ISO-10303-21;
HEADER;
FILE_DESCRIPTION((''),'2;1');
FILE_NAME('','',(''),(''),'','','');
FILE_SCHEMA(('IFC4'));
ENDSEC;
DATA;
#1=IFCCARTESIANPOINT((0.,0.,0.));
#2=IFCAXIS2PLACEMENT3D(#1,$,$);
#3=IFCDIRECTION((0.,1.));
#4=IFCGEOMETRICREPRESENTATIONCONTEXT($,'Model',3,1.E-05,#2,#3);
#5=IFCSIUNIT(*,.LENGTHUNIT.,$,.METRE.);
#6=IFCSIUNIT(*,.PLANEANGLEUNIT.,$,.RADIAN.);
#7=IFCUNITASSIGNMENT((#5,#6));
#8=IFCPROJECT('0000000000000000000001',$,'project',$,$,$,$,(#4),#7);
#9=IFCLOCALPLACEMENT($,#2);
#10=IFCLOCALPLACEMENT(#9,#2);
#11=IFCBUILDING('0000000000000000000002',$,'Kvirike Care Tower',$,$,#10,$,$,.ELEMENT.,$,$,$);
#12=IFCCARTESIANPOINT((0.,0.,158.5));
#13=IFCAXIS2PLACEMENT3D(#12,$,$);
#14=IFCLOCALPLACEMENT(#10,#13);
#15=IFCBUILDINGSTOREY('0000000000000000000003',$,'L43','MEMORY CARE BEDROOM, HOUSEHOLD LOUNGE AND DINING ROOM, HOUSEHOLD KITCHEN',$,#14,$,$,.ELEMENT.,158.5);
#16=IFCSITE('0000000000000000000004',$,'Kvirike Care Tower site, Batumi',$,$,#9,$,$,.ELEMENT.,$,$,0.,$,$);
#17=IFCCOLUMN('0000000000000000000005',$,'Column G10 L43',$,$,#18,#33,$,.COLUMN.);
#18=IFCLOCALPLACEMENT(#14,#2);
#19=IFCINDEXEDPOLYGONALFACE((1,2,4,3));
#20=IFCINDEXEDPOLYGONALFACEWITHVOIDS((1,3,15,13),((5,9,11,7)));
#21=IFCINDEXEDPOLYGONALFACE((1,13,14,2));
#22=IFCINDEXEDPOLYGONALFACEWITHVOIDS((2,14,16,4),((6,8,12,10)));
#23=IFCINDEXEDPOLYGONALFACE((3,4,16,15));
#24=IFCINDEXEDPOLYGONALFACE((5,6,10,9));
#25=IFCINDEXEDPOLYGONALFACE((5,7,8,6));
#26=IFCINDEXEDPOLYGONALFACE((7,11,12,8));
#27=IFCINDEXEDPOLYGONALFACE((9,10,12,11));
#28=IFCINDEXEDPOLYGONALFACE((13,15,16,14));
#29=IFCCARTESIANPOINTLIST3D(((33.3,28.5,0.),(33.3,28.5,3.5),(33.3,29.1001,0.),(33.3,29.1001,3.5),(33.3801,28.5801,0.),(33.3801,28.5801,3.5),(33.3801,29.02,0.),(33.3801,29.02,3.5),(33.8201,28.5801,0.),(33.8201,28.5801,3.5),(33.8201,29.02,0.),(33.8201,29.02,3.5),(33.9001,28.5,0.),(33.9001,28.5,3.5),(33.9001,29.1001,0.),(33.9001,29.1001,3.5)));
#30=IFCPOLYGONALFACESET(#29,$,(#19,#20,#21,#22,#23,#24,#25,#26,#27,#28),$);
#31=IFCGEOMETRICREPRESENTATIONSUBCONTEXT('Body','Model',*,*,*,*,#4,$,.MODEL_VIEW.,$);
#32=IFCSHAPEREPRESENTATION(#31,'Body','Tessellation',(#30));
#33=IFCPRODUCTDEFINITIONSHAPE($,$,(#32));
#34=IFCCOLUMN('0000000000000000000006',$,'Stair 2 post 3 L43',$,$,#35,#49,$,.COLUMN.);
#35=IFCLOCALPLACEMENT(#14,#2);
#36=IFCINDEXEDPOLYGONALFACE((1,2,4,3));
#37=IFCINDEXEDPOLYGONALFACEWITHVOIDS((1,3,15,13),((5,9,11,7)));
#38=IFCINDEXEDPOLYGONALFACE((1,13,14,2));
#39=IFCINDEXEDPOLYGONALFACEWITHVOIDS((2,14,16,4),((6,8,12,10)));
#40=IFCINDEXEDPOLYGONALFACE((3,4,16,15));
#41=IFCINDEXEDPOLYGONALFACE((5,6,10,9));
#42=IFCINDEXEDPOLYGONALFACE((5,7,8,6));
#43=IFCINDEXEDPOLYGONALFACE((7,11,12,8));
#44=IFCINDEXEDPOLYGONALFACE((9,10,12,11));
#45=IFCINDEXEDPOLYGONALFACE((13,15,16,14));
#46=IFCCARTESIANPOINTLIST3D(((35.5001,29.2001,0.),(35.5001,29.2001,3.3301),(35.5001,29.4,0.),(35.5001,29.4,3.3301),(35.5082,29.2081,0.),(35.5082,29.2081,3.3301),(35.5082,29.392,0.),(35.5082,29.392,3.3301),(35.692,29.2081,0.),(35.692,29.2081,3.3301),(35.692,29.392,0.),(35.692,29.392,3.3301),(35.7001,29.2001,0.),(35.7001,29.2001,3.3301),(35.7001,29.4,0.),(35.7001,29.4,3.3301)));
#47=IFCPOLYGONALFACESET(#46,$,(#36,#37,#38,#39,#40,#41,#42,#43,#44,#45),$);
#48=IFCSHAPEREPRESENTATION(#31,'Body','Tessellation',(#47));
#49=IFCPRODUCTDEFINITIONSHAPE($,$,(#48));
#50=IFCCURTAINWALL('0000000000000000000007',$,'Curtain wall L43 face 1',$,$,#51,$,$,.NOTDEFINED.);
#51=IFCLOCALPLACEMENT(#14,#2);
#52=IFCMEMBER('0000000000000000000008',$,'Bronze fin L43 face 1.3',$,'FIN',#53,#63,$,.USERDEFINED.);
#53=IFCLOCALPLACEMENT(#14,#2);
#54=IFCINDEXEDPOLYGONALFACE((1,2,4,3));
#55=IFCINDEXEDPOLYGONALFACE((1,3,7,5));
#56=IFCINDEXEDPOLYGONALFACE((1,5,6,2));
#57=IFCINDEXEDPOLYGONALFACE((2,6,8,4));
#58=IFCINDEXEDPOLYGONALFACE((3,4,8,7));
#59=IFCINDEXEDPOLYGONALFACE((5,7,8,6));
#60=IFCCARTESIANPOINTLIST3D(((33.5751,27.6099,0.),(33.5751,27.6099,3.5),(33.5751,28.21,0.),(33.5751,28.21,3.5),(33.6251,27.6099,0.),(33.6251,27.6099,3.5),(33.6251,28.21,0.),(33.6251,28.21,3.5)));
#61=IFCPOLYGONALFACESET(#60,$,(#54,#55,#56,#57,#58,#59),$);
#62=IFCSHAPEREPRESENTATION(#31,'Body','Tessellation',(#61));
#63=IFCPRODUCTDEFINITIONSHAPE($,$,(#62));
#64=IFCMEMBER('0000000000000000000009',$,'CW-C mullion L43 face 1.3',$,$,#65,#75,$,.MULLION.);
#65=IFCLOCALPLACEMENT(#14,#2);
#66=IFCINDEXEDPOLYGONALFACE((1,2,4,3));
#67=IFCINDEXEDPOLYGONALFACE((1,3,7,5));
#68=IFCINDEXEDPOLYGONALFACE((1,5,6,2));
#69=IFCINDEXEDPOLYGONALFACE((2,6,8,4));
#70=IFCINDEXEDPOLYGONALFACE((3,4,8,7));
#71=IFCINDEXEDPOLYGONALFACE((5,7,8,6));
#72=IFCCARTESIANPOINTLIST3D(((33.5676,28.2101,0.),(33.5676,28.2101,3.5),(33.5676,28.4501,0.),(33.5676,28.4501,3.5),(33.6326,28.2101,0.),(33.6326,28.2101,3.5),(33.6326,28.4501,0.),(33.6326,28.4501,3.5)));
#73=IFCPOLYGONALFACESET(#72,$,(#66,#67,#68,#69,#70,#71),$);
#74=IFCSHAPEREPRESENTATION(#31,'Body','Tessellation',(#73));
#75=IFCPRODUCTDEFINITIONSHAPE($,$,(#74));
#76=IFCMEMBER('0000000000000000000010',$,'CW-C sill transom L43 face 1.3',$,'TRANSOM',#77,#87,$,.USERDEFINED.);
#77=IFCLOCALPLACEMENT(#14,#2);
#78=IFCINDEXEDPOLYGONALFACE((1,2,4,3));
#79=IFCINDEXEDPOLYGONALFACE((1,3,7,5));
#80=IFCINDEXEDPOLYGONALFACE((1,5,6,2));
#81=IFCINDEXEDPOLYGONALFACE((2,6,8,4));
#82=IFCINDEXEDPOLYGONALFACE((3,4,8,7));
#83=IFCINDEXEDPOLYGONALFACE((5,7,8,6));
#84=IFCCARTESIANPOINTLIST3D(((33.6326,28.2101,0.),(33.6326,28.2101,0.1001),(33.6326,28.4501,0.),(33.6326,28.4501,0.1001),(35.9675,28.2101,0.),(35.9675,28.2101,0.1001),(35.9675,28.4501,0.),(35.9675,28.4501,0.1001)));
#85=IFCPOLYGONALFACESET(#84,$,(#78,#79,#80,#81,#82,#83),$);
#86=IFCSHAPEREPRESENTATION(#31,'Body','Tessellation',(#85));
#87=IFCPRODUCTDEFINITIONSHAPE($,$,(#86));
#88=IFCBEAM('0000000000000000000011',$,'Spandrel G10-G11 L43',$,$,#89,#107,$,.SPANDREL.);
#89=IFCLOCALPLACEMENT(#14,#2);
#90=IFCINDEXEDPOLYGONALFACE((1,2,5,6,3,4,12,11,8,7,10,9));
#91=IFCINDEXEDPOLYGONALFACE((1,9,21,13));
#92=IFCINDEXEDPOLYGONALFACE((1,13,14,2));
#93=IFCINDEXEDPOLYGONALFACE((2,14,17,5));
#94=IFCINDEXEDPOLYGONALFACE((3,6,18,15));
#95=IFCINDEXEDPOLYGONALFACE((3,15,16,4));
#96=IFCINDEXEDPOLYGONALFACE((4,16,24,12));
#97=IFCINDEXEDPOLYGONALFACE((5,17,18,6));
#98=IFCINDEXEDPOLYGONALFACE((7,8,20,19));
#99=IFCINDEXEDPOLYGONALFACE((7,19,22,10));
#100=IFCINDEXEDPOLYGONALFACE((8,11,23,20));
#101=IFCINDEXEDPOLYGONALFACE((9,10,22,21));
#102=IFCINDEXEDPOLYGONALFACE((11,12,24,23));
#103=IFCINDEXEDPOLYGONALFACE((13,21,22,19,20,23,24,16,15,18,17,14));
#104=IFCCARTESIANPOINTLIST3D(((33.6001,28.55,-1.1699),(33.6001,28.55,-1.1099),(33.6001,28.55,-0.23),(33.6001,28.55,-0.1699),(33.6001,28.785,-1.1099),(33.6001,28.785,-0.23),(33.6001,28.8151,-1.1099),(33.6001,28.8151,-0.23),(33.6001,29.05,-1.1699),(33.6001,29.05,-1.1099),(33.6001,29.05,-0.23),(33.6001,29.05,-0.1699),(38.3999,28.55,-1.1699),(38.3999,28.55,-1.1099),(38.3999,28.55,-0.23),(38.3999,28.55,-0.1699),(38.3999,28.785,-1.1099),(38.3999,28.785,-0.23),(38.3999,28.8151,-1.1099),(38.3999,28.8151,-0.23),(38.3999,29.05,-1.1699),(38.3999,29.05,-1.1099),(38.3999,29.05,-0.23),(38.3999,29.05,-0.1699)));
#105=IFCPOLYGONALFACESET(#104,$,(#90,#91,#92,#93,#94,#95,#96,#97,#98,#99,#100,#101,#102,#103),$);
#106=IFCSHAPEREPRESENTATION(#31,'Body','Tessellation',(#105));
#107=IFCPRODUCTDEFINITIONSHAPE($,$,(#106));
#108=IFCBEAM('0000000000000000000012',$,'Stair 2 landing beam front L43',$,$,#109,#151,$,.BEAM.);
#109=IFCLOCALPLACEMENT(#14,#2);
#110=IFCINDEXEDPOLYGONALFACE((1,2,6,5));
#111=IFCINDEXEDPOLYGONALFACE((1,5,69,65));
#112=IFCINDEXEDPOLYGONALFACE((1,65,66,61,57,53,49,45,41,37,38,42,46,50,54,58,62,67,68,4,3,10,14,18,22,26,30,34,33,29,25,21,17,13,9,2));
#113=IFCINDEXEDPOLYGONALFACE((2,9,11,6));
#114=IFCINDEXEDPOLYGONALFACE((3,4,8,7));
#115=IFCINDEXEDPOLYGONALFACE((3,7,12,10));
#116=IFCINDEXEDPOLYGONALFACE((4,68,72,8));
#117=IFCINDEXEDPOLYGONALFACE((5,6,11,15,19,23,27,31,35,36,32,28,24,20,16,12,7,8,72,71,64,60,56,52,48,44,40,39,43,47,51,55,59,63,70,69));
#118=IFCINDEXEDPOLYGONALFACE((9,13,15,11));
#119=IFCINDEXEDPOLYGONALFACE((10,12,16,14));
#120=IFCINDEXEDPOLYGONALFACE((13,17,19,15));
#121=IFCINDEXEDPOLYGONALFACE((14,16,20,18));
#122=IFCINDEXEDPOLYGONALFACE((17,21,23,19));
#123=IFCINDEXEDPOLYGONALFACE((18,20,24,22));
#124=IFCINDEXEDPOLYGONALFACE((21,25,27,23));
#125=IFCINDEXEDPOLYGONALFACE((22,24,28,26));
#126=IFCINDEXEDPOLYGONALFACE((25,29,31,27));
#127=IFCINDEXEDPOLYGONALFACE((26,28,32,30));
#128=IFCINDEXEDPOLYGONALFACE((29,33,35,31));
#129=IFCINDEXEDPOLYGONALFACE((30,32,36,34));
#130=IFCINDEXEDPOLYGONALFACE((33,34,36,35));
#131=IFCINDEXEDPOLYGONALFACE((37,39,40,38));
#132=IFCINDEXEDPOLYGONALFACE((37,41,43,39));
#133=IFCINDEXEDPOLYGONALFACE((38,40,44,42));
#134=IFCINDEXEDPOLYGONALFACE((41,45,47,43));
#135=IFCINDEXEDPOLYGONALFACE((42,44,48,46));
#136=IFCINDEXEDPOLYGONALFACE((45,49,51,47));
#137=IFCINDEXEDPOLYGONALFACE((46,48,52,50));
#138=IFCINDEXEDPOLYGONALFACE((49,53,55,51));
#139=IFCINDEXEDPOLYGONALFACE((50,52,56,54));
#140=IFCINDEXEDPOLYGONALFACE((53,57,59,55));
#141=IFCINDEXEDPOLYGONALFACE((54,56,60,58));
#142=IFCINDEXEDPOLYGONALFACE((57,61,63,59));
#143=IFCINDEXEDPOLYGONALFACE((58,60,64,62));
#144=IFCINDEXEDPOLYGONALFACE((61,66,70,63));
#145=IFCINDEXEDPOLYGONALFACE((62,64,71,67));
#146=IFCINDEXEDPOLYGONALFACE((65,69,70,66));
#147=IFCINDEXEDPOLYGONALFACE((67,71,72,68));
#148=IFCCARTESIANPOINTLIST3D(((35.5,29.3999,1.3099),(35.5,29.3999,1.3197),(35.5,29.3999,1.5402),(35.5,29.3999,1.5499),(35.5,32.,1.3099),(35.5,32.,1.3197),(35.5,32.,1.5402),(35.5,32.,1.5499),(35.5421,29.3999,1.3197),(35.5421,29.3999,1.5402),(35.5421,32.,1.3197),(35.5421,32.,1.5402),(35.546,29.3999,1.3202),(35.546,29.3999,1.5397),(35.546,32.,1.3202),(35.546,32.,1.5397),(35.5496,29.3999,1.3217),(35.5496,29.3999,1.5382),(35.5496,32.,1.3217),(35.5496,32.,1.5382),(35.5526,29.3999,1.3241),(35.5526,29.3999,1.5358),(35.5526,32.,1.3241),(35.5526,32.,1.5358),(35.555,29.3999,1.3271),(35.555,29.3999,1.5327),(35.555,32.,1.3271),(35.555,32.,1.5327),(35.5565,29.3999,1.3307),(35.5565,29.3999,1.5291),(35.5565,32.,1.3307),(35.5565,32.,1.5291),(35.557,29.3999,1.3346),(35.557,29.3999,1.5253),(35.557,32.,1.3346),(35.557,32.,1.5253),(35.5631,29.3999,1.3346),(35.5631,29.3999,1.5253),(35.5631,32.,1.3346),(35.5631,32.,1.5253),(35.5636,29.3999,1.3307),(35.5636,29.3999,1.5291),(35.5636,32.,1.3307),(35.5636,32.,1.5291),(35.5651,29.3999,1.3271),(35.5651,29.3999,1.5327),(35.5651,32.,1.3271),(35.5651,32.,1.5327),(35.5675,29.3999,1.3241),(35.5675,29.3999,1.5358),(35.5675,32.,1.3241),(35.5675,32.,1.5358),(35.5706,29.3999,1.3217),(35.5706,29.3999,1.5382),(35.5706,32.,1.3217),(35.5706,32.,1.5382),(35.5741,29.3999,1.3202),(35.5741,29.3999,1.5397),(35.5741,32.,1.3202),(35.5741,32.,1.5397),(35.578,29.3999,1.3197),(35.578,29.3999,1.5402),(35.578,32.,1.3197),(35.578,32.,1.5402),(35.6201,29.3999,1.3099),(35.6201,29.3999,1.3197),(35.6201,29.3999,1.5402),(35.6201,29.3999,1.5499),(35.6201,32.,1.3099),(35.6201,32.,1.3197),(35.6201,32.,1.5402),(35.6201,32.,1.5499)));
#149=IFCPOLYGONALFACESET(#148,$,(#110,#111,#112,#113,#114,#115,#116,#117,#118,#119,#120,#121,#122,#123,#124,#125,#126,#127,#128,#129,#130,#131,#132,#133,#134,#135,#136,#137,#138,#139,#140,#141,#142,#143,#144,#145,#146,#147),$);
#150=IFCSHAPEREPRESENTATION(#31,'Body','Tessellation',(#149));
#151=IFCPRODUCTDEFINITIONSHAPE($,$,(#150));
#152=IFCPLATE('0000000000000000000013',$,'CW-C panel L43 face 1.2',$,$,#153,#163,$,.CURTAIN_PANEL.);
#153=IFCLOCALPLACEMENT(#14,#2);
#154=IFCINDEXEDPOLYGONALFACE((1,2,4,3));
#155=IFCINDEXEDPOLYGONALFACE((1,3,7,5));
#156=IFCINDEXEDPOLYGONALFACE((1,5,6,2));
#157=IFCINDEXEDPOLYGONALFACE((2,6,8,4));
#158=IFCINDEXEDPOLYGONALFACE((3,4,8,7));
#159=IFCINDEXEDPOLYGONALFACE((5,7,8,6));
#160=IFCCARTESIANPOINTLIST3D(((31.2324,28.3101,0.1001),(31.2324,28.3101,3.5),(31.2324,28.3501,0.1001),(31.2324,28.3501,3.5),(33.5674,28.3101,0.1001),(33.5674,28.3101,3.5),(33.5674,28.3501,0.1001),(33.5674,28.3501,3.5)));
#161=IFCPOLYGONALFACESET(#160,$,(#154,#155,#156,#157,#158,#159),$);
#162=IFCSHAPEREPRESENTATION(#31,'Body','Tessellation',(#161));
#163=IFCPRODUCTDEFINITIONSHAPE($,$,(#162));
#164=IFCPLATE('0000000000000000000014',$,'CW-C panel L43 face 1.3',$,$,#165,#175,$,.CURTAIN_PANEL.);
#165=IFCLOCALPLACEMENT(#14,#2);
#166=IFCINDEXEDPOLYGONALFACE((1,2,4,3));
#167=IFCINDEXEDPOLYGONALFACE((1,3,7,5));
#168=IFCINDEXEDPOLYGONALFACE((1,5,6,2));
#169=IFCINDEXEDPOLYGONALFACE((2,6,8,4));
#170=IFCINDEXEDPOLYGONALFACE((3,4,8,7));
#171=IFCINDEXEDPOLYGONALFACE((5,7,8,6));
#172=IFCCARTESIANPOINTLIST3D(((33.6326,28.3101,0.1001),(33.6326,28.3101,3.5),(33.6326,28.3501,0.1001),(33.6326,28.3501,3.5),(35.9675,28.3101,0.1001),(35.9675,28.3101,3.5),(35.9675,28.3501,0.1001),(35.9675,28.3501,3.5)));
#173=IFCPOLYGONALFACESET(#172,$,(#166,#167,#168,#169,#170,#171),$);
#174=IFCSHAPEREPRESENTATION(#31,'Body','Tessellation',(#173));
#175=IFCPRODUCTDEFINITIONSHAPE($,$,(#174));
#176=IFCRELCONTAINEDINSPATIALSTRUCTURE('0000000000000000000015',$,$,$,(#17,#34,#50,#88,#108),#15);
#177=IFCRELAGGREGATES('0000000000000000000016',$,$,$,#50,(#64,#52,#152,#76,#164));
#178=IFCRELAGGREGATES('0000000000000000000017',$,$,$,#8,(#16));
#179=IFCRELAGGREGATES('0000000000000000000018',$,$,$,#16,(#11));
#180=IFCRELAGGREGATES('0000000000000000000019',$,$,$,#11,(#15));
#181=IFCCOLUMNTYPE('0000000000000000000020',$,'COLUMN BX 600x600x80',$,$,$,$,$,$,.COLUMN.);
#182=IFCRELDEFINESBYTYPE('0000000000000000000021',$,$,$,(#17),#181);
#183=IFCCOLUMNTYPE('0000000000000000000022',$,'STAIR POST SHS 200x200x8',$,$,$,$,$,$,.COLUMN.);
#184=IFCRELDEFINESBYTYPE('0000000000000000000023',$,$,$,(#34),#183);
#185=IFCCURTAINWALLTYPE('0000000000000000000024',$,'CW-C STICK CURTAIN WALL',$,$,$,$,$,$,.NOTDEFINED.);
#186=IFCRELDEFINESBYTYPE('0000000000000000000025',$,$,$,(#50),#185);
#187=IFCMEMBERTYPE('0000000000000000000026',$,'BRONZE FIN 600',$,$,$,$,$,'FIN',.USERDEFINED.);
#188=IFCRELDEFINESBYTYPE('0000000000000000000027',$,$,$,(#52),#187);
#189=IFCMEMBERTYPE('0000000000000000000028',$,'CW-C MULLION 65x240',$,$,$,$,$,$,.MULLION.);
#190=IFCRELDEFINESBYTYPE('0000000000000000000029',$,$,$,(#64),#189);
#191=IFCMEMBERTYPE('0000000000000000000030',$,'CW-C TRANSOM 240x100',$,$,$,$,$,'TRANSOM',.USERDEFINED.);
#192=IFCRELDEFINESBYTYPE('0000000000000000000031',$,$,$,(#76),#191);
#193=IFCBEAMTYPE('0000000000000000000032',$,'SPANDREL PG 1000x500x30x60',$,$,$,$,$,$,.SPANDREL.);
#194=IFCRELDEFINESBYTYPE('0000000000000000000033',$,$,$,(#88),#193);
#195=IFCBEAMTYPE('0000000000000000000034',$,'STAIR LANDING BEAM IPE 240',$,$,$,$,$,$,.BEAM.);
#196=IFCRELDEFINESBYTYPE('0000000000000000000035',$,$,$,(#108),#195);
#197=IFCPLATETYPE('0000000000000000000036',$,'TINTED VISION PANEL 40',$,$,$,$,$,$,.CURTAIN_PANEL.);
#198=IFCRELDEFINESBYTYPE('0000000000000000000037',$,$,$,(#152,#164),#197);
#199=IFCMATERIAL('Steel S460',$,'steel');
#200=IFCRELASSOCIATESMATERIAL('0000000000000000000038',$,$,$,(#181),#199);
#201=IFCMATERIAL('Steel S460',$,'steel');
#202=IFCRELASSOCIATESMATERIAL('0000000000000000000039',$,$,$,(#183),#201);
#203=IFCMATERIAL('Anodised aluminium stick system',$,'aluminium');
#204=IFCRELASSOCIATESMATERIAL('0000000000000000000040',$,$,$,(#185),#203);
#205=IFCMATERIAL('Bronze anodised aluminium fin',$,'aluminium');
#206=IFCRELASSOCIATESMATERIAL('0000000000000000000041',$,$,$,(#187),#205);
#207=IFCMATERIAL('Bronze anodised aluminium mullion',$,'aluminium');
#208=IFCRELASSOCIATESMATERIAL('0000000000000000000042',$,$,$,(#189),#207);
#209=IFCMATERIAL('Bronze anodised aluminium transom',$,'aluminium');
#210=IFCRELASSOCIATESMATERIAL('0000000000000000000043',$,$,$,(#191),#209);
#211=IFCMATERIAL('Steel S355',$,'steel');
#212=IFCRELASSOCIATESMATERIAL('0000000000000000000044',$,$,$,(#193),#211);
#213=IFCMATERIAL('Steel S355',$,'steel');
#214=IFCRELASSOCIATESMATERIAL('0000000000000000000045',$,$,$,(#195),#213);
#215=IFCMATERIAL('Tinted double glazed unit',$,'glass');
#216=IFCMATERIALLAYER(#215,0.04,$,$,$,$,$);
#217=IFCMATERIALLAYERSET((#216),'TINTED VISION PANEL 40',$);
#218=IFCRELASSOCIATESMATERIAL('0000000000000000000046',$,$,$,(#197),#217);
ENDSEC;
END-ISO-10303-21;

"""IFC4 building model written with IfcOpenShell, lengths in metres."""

from ifc_helpers import new_model, si_unit, direction, frame, origin, origin_2d, place, context, subcontext, project, spatial, rectangle, hollow_rectangle, i_section, extrude, material, layer, layer_set, material_profile, profile_set, type_object, element, aggregate, save


model = new_model("IFC4")

# Units and contexts
model_context = context("Model", 3, precision=1e-05, world=origin(), true_north=direction((0.0, 1.0)))
body_context = subcontext(model_context, "Body", "Model", "MODEL_VIEW")
ifc_project = project(units=[si_unit("LENGTHUNIT", "METRE"), si_unit("PLANEANGLEUNIT", "RADIAN")], contexts=[model_context])

# Site, building, storey
site_placement = place(None, origin())
site = spatial("IfcSite", under=ifc_project, at=site_placement, Name="Kvirike Care Tower site, Batumi", CompositionType="ELEMENT", RefElevation=0.0)
building_placement = place(site_placement, origin())
building = spatial("IfcBuilding", under=site, at=building_placement, Name="Kvirike Care Tower", CompositionType="ELEMENT")
storey_placement = place(building_placement, frame((0.0, 0.0, 158.5)))
storey = spatial("IfcBuildingStorey", under=building, at=storey_placement, Name="L43", Description="MEMORY CARE BEDROOM, HOUSEHOLD LOUNGE AND DINING ROOM, HOUSEHOLD KITCHEN", CompositionType="ELEMENT", Elevation=158.5)

# Columns
ifc_material_1 = material(Name="Steel S460", Category="steel")
ifc_material_profile_1 = material_profile(ifc_material_1, hollow_rectangle(XDim=0.6001, YDim=0.6001, WallThickness=0.0801, at=origin_2d()), Name="BX 600x600x80")
ifc_profile_set_1 = profile_set([ifc_material_profile_1], Name="Steel S460")
column_type_1 = type_object("IfcColumnType", Name="COLUMN BX 600x600x80", PredefinedType="COLUMN", material=ifc_profile_set_1)
column_1_placement = place(storey_placement, frame((33.6001, 28.8, 0.0), z_axis=(0.0, 0.0, 1.0), x_axis=(0.0, 1.0, 0.0)))
element("IfcColumn", 1, at=column_1_placement, inside=storey, type_object=column_type_1, Name="Column G10 L43", PredefinedType="COLUMN", context=body_context, shape_type="SweptSolid", body=[
    extrude(hollow_rectangle(XDim=0.6001, YDim=0.6001, WallThickness=0.0801, at=origin_2d()), origin(), (0.0, 0.0, 1.0), 3.5),
])
ifc_material_2 = material(Name="Steel S460", Category="steel")
ifc_material_profile_2 = material_profile(ifc_material_2, hollow_rectangle(XDim=0.2, YDim=0.2, WallThickness=0.0081, at=origin_2d()), Name="SHS 200x200x8")
ifc_profile_set_2 = profile_set([ifc_material_profile_2], Name="Steel S460")
column_type_2 = type_object("IfcColumnType", Name="STAIR POST SHS 200x200x8", PredefinedType="COLUMN", material=ifc_profile_set_2)
column_2_placement = place(storey_placement, frame((35.6001, 29.3, 0.0), z_axis=(0.0, 0.0, 1.0), x_axis=(1.0, 0.0, 0.0)))
element("IfcColumn", 2, at=column_2_placement, inside=storey, type_object=column_type_2, Name="Stair 2 post 3 L43", PredefinedType="COLUMN", context=body_context, shape_type="SweptSolid", body=[
    extrude(hollow_rectangle(XDim=0.2, YDim=0.2, WallThickness=0.0081, at=origin_2d()), origin(), (0.0, 0.0, 1.0), 3.3301),
])

# Curtain wall, members
ifc_material_3 = material(Name="Anodised aluminium stick system", Category="aluminium")
curtain_wall_type = type_object("IfcCurtainWallType", Name="CW-C STICK CURTAIN WALL", PredefinedType="NOTDEFINED", material=ifc_material_3)
curtain_wall_placement = place(storey_placement, origin())
curtain_wall = element("IfcCurtainWall", 3, at=curtain_wall_placement, inside=storey, type_object=curtain_wall_type, Name="Curtain wall L43 face 1", PredefinedType="NOTDEFINED")
ifc_material_4 = material(Name="Bronze anodised aluminium fin", Category="aluminium")
ifc_material_profile_3 = material_profile(ifc_material_4, rectangle(XDim=0.05, YDim=0.6001, at=origin_2d()), Name="BRONZE FIN 600")
ifc_profile_set_3 = profile_set([ifc_material_profile_3], Name="Bronze anodised aluminium fin")
member_type_1 = type_object("IfcMemberType", Name="BRONZE FIN 600", ElementType="FIN", PredefinedType="USERDEFINED", material=ifc_profile_set_3)
member_1_placement = place(storey_placement, frame((33.6001, 27.9099, 0.0), z_axis=(0.0, 0.0, 1.0), x_axis=(1.0, 0.0, 0.0)))
member_1 = element("IfcMember", 4, at=member_1_placement, type_object=member_type_1, Name="Bronze fin L43 face 1.3", ObjectType="FIN", PredefinedType="USERDEFINED", context=body_context, shape_type="SweptSolid", body=[
    extrude(rectangle(XDim=0.05, YDim=0.6001, at=origin_2d()), origin(), (0.0, 0.0, 1.0), 3.5),
])
ifc_material_5 = material(Name="Bronze anodised aluminium mullion", Category="aluminium")
ifc_material_profile_4 = material_profile(ifc_material_5, rectangle(XDim=0.0649, YDim=0.24, at=origin_2d()), Name="CW-C MULLION 65x240")
ifc_profile_set_4 = profile_set([ifc_material_profile_4], Name="Bronze anodised aluminium mullion")
member_type_2 = type_object("IfcMemberType", Name="CW-C MULLION 65x240", PredefinedType="MULLION", material=ifc_profile_set_4)
member_2_placement = place(storey_placement, frame((33.6001, 28.3301, 0.0), z_axis=(0.0, 0.0, 1.0), x_axis=(1.0, 0.0, 0.0)))
member_2 = element("IfcMember", 5, at=member_2_placement, type_object=member_type_2, Name="CW-C mullion L43 face 1.3", PredefinedType="MULLION", context=body_context, shape_type="SweptSolid", body=[
    extrude(rectangle(XDim=0.0649, YDim=0.24, at=origin_2d()), origin(), (0.0, 0.0, 1.0), 3.5),
])
ifc_material_6 = material(Name="Bronze anodised aluminium transom", Category="aluminium")
ifc_material_profile_5 = material_profile(ifc_material_6, rectangle(XDim=0.24, YDim=0.1001, at=origin_2d()), Name="CW-C TRANSOM 240x100")
ifc_profile_set_5 = profile_set([ifc_material_profile_5], Name="Bronze anodised aluminium transom")
member_type_3 = type_object("IfcMemberType", Name="CW-C TRANSOM 240x100", ElementType="TRANSOM", PredefinedType="USERDEFINED", material=ifc_profile_set_5)
member_3_placement = place(storey_placement, frame((33.6326, 28.3301, 0.05), z_axis=(1.0, 0.0, 0.0), x_axis=(0.0, 1.0, 0.0)))
member_3 = element("IfcMember", 6, at=member_3_placement, type_object=member_type_3, Name="CW-C sill transom L43 face 1.3", ObjectType="TRANSOM", PredefinedType="USERDEFINED", context=body_context, shape_type="SweptSolid", body=[
    extrude(rectangle(XDim=0.24, YDim=0.1001, at=origin_2d()), origin(), (0.0, 0.0, 1.0), 2.335),
])

# Beams
ifc_material_7 = material(Name="Steel S355", Category="steel")
ifc_material_profile_6 = material_profile(ifc_material_7, i_section(OverallWidth=0.5, OverallDepth=1.0, WebThickness=0.03, FlangeThickness=0.0601, at=origin_2d()), Name="PG 1000x500x30x60")
ifc_profile_set_6 = profile_set([ifc_material_profile_6], Name="Steel S355")
beam_type_1 = type_object("IfcBeamType", Name="SPANDREL PG 1000x500x30x60", PredefinedType="SPANDREL", material=ifc_profile_set_6)
beam_1_placement = place(storey_placement, frame((33.6001, 28.8, -0.6699), z_axis=(1.0, 0.0, 0.0), x_axis=(0.0, 1.0, 0.0)))
element("IfcBeam", 7, at=beam_1_placement, inside=storey, type_object=beam_type_1, Name="Spandrel G10-G11 L43", PredefinedType="SPANDREL", context=body_context, shape_type="SweptSolid", body=[
    extrude(i_section(OverallWidth=0.5, OverallDepth=1.0, WebThickness=0.03, FlangeThickness=0.0601, at=origin_2d()), origin(), (0.0, 0.0, 1.0), 4.7998),
])
ifc_material_8 = material(Name="Steel S355", Category="steel")
ifc_material_profile_7 = material_profile(ifc_material_8, i_section(OverallWidth=0.1201, OverallDepth=0.24, WebThickness=0.0061, FlangeThickness=0.0098, FilletRadius=0.0149, at=origin_2d()), Name="IPE 240")
ifc_profile_set_7 = profile_set([ifc_material_profile_7], Name="Steel S355")
beam_type_2 = type_object("IfcBeamType", Name="STAIR LANDING BEAM IPE 240", PredefinedType="BEAM", material=ifc_profile_set_7)
beam_2_placement = place(storey_placement, frame((35.5601, 29.3999, 1.4299), z_axis=(0.0, 1.0, 0.0), x_axis=(-1.0, 0.0, 0.0)))
element("IfcBeam", 8, at=beam_2_placement, inside=storey, type_object=beam_type_2, Name="Stair 2 landing beam front L43", PredefinedType="BEAM", context=body_context, shape_type="SweptSolid", body=[
    extrude(i_section(OverallWidth=0.1201, OverallDepth=0.24, WebThickness=0.0061, FlangeThickness=0.0098, FilletRadius=0.0149, at=origin_2d()), origin(), (0.0, 0.0, 1.0), 2.6001),
])

# Plates
ifc_material_9 = material(Name="Tinted double glazed unit", Category="glass")
ifc_layer_1 = layer(ifc_material_9, 0.04)
ifc_layer_set_1 = layer_set([ifc_layer_1], Name="TINTED VISION PANEL 40")
plate_type = type_object("IfcPlateType", Name="TINTED VISION PANEL 40", PredefinedType="CURTAIN_PANEL", material=ifc_layer_set_1)
plate_1_placement = place(storey_placement, frame((32.3999, 28.3301, 0.1001), z_axis=(0.0, 0.0, 1.0), x_axis=(1.0, 0.0, 0.0)))
plate_1 = element("IfcPlate", 9, at=plate_1_placement, type_object=plate_type, Name="CW-C panel L43 face 1.2", PredefinedType="CURTAIN_PANEL", context=body_context, shape_type="SweptSolid", body=[
    extrude(rectangle(XDim=2.335, YDim=0.04, at=origin_2d()), origin(), (0.0, 0.0, 1.0), 3.3999),
])
plate_2_placement = place(storey_placement, frame((34.8, 28.3301, 0.1001), z_axis=(0.0, 0.0, 1.0), x_axis=(1.0, 0.0, 0.0)))
plate_2 = element("IfcPlate", 10, at=plate_2_placement, type_object=plate_type, Name="CW-C panel L43 face 1.3", PredefinedType="CURTAIN_PANEL", context=body_context, shape_type="SweptSolid", body=[
    extrude(rectangle(XDim=2.335, YDim=0.04, at=origin_2d()), origin(), (0.0, 0.0, 1.0), 3.3999),
])
aggregate(curtain_wall, [member_2, member_1, plate_1, member_3, plate_2])

save(model, "model.ifc")
